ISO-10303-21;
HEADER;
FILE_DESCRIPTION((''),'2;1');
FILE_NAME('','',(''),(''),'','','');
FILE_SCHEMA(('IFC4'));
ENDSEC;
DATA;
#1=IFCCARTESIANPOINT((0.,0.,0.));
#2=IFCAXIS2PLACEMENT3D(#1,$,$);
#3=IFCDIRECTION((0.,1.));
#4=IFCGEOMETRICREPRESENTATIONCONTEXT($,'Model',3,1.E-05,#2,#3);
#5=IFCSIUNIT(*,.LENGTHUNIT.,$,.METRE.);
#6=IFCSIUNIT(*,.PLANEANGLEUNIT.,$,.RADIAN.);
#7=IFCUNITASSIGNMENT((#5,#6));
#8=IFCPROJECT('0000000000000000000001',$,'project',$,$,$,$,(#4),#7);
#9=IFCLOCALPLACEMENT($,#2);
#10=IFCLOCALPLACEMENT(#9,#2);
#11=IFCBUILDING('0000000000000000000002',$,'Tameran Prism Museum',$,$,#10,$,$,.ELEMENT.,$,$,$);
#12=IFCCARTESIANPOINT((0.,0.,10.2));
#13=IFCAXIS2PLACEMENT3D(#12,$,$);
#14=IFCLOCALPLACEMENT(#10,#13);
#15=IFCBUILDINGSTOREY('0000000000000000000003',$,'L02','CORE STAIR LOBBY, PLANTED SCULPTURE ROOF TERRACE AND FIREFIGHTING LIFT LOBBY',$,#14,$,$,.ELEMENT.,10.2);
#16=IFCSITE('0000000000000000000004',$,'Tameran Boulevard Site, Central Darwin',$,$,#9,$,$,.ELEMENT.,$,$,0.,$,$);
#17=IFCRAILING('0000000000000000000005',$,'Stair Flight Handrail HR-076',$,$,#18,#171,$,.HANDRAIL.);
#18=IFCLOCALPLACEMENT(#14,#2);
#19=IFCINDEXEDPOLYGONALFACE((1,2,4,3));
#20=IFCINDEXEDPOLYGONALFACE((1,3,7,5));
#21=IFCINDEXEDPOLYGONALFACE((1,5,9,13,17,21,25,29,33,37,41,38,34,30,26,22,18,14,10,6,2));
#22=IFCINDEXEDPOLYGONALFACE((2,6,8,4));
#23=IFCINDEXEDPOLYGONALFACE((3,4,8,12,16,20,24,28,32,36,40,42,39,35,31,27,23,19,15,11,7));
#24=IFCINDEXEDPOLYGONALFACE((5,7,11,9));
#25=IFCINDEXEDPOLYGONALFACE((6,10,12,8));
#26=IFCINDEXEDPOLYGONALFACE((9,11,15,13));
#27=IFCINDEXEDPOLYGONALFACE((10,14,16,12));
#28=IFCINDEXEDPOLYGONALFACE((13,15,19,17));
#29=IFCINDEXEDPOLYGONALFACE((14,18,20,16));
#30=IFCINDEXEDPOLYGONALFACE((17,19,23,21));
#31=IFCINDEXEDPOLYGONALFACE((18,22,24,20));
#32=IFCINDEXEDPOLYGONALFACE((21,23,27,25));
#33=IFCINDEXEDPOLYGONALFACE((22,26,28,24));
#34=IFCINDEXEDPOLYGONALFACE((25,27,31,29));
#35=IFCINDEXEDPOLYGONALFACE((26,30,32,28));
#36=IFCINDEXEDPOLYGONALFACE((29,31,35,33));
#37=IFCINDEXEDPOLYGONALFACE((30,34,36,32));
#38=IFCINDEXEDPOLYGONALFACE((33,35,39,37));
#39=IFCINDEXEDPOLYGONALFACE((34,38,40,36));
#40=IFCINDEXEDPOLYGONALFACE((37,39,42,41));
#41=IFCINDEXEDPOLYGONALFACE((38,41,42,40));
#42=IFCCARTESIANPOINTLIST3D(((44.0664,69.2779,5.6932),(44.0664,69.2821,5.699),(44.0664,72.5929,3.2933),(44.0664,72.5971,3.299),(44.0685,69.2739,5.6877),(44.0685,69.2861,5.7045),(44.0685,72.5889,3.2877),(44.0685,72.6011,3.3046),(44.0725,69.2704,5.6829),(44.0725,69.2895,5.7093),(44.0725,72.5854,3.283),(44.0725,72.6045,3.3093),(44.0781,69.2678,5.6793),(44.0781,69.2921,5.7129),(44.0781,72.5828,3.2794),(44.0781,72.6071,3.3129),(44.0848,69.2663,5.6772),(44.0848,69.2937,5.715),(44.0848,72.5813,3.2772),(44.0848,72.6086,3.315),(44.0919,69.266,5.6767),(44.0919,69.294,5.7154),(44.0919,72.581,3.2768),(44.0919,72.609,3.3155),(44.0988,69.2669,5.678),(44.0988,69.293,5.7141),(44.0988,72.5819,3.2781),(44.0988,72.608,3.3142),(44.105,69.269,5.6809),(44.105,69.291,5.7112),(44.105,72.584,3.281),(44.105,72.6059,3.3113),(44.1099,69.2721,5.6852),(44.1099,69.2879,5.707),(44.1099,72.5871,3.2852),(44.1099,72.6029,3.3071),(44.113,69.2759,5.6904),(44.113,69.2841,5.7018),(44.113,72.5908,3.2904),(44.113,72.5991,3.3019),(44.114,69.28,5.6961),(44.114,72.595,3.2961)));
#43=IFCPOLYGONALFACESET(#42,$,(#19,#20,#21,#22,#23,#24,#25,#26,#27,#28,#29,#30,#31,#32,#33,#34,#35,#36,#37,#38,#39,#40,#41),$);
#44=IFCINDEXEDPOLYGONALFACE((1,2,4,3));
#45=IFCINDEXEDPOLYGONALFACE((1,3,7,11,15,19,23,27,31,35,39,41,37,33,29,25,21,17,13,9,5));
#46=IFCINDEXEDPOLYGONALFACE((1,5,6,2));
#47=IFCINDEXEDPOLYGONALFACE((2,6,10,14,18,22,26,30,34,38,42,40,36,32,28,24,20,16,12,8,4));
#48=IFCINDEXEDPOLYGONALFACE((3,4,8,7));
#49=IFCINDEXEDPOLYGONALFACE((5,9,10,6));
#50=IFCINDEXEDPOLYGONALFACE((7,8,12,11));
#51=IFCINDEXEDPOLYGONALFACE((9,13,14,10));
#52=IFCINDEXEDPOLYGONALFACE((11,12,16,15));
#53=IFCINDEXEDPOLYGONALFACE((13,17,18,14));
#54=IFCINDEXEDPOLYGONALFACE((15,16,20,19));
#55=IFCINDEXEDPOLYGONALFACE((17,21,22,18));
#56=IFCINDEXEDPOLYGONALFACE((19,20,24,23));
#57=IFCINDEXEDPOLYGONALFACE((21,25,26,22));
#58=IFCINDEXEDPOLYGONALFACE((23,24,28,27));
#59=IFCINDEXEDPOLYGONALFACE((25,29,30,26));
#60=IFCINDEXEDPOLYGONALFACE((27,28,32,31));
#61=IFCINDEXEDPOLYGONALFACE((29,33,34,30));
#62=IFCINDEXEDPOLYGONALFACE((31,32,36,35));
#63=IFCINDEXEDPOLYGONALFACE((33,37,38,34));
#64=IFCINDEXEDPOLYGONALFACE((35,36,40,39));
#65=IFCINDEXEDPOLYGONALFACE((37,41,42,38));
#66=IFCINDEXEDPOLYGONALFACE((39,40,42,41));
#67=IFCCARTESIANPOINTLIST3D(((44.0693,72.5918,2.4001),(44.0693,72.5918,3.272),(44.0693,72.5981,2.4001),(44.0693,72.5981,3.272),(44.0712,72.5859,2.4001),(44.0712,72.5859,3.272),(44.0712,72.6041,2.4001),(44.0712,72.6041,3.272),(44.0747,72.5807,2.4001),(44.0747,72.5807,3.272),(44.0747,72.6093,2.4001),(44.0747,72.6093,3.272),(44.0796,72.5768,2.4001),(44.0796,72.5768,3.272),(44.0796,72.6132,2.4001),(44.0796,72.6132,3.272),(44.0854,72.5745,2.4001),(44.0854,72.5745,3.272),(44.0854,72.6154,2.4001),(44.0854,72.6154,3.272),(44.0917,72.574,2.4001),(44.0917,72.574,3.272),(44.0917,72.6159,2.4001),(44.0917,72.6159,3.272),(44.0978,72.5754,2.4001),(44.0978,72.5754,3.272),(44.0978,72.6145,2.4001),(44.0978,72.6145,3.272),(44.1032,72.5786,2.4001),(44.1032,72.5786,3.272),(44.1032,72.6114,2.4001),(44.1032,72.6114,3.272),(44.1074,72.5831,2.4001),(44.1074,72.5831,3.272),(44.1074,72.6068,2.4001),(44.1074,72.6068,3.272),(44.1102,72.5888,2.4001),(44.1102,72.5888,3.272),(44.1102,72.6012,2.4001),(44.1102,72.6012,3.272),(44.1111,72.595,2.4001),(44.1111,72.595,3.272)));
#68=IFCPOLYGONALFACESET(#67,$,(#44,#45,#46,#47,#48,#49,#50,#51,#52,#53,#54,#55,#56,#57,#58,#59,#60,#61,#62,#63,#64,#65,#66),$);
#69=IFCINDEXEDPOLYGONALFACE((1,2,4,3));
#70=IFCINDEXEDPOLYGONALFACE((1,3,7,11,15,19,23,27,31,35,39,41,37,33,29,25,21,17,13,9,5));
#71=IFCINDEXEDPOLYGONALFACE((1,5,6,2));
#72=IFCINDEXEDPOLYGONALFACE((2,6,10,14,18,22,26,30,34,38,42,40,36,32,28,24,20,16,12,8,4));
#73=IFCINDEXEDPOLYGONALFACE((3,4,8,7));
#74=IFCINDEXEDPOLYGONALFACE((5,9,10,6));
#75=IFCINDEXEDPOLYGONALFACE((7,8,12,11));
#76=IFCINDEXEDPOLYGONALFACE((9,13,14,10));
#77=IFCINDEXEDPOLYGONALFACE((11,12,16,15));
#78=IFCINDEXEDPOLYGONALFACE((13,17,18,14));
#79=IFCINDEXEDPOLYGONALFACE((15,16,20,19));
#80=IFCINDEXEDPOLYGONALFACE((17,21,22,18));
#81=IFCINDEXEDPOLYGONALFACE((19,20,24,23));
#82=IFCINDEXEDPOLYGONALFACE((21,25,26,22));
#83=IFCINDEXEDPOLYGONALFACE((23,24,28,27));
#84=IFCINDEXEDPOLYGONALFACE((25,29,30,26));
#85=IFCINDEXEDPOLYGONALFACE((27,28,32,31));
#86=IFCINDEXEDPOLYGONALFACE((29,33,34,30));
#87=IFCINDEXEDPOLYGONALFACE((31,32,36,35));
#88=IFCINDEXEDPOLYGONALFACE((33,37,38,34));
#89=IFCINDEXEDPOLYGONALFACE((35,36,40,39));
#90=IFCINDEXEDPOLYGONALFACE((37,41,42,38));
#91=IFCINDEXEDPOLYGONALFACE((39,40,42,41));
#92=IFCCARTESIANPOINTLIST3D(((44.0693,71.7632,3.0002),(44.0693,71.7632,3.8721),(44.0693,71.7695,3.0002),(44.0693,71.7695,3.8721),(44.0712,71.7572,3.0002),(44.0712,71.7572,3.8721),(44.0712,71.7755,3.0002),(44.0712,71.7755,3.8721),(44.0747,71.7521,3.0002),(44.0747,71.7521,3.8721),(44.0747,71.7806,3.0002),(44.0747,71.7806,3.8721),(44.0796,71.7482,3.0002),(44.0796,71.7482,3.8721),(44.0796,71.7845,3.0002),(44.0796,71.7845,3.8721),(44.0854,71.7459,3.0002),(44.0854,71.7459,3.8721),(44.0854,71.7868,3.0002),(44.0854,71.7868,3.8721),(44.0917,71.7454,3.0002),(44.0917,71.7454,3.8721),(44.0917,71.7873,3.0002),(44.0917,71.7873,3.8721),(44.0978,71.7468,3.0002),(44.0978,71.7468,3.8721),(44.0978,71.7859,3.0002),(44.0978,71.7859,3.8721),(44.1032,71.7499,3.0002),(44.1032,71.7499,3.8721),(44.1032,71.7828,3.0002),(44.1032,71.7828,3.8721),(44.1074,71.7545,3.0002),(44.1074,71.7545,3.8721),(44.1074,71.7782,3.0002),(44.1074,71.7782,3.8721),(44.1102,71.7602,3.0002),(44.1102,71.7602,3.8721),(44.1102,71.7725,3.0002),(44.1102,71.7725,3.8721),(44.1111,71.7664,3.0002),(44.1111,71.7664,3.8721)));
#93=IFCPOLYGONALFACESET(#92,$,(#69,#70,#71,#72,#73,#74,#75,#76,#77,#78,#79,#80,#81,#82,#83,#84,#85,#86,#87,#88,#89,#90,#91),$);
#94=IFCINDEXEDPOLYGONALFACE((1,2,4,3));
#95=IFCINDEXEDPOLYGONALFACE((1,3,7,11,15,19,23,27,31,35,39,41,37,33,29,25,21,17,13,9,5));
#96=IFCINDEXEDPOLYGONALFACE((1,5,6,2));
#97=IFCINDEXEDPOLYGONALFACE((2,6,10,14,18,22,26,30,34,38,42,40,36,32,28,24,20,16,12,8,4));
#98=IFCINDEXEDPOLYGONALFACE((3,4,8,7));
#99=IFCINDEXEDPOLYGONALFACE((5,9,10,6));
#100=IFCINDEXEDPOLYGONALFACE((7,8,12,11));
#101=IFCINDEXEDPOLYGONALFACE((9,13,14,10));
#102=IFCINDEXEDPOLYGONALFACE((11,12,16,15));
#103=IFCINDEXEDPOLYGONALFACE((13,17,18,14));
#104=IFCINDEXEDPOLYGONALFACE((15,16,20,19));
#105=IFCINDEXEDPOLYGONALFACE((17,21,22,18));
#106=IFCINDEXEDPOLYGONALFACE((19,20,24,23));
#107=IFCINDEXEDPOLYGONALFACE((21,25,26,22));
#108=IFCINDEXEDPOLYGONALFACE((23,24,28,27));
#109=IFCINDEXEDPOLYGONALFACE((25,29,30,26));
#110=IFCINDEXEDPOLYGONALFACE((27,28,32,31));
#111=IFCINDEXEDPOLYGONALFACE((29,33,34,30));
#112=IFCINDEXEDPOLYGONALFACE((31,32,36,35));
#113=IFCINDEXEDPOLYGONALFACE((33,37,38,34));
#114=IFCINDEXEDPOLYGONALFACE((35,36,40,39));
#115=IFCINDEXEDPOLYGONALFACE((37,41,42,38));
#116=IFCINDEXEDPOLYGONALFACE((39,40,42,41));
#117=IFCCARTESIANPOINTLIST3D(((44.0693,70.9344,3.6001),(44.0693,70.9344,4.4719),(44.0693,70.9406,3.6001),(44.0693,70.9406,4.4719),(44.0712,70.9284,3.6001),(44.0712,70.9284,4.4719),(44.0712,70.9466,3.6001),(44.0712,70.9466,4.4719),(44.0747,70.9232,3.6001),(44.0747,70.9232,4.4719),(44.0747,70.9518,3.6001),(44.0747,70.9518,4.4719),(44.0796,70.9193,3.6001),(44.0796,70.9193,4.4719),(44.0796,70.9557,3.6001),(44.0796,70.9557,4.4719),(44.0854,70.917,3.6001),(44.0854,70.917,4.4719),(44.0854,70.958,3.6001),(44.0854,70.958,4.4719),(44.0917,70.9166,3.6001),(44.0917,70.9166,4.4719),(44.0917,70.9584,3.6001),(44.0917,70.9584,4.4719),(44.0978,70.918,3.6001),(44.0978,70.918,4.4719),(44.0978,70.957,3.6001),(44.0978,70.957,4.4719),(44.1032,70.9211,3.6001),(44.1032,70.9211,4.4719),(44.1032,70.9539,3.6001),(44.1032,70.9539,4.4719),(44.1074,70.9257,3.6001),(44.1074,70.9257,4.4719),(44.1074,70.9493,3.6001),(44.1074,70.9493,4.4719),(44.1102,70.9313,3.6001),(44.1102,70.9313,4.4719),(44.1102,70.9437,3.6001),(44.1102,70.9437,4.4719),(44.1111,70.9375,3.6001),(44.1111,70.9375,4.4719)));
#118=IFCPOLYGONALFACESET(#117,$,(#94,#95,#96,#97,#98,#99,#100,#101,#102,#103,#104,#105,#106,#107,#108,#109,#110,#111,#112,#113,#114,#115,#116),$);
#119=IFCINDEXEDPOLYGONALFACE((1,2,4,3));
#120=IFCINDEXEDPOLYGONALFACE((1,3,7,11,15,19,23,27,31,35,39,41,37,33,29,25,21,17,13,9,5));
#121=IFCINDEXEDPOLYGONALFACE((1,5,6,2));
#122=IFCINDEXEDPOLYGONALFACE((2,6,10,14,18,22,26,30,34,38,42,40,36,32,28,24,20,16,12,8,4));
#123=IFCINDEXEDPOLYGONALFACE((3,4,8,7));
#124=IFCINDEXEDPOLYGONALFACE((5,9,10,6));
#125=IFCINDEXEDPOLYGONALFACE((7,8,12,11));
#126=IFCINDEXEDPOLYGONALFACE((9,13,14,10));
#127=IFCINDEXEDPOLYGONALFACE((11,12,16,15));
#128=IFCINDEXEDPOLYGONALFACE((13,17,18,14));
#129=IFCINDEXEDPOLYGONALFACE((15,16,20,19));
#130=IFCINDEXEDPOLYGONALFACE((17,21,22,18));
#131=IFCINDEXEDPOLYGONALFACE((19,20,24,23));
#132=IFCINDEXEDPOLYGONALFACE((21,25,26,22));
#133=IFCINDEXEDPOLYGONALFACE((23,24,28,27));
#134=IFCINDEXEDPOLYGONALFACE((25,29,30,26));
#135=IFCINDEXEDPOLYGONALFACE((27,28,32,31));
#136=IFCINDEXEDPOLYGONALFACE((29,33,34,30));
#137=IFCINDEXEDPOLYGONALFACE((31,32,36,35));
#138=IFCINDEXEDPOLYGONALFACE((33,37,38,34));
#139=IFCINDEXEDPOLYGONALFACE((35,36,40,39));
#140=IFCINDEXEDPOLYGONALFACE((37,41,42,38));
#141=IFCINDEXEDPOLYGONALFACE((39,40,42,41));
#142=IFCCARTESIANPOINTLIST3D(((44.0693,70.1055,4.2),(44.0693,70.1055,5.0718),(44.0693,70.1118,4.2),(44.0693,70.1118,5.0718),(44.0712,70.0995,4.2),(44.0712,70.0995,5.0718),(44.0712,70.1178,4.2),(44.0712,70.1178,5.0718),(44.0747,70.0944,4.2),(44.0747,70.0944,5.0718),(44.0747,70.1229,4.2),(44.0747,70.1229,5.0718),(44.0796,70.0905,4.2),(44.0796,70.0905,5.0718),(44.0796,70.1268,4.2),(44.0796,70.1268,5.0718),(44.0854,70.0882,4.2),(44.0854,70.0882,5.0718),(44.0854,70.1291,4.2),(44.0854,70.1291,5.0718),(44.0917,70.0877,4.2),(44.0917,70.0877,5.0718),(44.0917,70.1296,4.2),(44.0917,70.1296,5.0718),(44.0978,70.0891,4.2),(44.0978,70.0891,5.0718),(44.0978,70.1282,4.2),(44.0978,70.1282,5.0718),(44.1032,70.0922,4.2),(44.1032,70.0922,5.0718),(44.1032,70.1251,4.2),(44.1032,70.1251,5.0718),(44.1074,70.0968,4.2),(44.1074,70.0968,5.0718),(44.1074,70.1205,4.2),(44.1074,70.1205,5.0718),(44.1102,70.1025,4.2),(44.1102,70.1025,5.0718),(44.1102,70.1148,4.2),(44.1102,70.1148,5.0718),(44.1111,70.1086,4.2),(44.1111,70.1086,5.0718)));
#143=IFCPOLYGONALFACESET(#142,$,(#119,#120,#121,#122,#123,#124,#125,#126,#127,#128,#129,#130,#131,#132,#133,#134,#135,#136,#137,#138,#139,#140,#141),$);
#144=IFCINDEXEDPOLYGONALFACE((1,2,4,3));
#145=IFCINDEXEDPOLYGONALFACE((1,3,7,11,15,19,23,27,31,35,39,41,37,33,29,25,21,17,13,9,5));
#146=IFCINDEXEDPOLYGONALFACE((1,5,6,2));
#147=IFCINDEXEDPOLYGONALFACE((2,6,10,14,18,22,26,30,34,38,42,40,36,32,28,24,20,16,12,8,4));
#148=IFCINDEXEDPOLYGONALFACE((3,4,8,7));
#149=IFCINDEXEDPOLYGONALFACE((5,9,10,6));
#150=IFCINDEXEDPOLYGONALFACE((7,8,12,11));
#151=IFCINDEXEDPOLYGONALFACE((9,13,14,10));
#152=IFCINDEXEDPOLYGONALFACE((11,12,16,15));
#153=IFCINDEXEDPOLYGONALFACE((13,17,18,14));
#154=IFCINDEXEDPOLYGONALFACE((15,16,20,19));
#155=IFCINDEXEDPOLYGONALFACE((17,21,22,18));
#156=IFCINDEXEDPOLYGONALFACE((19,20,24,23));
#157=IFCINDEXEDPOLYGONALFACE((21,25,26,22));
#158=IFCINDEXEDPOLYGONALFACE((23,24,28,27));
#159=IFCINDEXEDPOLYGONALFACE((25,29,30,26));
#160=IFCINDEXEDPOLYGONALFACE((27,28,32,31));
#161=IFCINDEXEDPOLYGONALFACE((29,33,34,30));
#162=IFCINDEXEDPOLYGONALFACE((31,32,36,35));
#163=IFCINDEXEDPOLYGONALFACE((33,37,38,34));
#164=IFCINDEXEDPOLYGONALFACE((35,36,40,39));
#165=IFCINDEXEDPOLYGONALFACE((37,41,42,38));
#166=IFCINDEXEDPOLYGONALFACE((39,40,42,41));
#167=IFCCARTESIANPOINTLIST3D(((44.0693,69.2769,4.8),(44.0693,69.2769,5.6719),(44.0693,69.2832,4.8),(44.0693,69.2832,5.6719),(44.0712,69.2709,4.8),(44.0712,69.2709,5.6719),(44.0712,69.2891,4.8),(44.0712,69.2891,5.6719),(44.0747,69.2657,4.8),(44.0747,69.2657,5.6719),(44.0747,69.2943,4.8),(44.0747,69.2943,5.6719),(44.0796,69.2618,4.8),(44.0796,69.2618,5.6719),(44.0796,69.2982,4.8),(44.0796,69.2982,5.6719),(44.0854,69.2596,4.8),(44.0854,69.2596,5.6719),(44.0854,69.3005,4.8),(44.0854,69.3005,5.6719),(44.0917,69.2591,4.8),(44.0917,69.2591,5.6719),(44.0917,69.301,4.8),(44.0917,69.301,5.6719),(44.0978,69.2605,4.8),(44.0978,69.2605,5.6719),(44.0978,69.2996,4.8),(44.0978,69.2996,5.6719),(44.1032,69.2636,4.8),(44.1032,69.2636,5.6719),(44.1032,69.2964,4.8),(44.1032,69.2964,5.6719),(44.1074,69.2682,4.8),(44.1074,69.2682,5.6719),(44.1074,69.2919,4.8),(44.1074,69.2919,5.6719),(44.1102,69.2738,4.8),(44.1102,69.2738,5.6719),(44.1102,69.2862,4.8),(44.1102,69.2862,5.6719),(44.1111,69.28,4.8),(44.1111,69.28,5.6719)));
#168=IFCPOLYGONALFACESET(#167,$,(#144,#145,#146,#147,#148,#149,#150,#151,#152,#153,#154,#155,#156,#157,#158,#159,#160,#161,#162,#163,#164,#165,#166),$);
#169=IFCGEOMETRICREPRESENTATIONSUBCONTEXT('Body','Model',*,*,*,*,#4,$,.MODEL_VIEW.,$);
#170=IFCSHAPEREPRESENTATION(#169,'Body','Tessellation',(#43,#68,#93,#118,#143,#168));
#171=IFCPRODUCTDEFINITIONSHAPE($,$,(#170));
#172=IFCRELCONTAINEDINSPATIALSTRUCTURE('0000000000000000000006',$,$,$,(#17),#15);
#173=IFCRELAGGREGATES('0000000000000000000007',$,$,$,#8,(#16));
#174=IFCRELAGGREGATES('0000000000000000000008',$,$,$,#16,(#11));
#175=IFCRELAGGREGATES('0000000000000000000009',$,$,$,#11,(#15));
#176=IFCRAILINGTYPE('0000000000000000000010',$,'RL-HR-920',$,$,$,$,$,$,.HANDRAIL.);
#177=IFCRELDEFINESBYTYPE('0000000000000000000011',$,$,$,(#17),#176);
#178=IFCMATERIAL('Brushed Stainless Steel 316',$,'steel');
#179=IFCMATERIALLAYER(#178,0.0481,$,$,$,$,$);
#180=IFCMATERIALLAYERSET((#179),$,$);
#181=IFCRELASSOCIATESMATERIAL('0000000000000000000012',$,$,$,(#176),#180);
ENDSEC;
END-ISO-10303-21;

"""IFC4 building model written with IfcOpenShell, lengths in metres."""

from ifc_helpers import new_model, si_unit, direction, frame, origin, origin_2d, place, context, subcontext, project, spatial, circle, extrude, material, layer, layer_set, type_object, element, save


model = new_model("IFC4")

# Units and contexts
model_context = context("Model", 3, precision=1e-05, world=origin(), true_north=direction((0.0, 1.0)))
body_context = subcontext(model_context, "Body", "Model", "MODEL_VIEW")
ifc_project = project(units=[si_unit("LENGTHUNIT", "METRE"), si_unit("PLANEANGLEUNIT", "RADIAN")], contexts=[model_context])

# Site, building, storey
site_placement = place(None, origin())
site = spatial("IfcSite", under=ifc_project, at=site_placement, Name="Tameran Boulevard Site, Central Darwin", CompositionType="ELEMENT", RefElevation=0.0)
building_placement = place(site_placement, origin())
building = spatial("IfcBuilding", under=site, at=building_placement, Name="Tameran Prism Museum", CompositionType="ELEMENT")
storey_placement = place(building_placement, frame((0.0, 0.0, 10.2)))
storey = spatial("IfcBuildingStorey", under=building, at=storey_placement, Name="L02", Description="CORE STAIR LOBBY, PLANTED SCULPTURE ROOF TERRACE AND FIREFIGHTING LIFT LOBBY", CompositionType="ELEMENT", Elevation=10.2)

# Railing
ifc_material_1 = material(Name="Brushed Stainless Steel 316", Category="steel")
ifc_layer_1 = layer(ifc_material_1, 0.0481)
ifc_layer_set_1 = layer_set([ifc_layer_1])
railing_type_1 = type_object("IfcRailingType", Name="RL-HR-920", PredefinedType="HANDRAIL", material=ifc_layer_set_1)
railing_1_placement = place(storey_placement, frame((44.0901, 72.595, 2.4001)))
element("IfcRailing", 1, at=railing_1_placement, inside=storey, type_object=railing_type_1, Name="Stair Flight Handrail HR-076", PredefinedType="HANDRAIL", context=body_context, shape_type="SweptSolid", body=[
    extrude(circle(Radius=0.0239, at=origin_2d()), frame((0.0, 0.0, 0.896), z_axis=(0.0, -0.810009, 0.586418), x_axis=(1.0, 0.0, 0.0)), (0.0, 0.0, 1.0), 4.0925),
    extrude(circle(Radius=0.021, at=origin_2d()), origin(), (0.0, 0.0, 1.0), 0.8718),
    extrude(circle(Radius=0.021, at=origin_2d()), frame((0.0, -0.8286, 0.6001)), (0.0, 0.0, 1.0), 0.8718),
    extrude(circle(Radius=0.021, at=origin_2d()), frame((0.0, -1.6575, 1.2)), (0.0, 0.0, 1.0), 0.8718),
    extrude(circle(Radius=0.021, at=origin_2d()), frame((0.0, -2.4863, 1.7998)), (0.0, 0.0, 1.0), 0.8718),
    extrude(circle(Radius=0.021, at=origin_2d()), frame((0.0, -3.3149, 2.3999)), (0.0, 0.0, 1.0), 0.8718),
])

save(model, "model.ifc")
